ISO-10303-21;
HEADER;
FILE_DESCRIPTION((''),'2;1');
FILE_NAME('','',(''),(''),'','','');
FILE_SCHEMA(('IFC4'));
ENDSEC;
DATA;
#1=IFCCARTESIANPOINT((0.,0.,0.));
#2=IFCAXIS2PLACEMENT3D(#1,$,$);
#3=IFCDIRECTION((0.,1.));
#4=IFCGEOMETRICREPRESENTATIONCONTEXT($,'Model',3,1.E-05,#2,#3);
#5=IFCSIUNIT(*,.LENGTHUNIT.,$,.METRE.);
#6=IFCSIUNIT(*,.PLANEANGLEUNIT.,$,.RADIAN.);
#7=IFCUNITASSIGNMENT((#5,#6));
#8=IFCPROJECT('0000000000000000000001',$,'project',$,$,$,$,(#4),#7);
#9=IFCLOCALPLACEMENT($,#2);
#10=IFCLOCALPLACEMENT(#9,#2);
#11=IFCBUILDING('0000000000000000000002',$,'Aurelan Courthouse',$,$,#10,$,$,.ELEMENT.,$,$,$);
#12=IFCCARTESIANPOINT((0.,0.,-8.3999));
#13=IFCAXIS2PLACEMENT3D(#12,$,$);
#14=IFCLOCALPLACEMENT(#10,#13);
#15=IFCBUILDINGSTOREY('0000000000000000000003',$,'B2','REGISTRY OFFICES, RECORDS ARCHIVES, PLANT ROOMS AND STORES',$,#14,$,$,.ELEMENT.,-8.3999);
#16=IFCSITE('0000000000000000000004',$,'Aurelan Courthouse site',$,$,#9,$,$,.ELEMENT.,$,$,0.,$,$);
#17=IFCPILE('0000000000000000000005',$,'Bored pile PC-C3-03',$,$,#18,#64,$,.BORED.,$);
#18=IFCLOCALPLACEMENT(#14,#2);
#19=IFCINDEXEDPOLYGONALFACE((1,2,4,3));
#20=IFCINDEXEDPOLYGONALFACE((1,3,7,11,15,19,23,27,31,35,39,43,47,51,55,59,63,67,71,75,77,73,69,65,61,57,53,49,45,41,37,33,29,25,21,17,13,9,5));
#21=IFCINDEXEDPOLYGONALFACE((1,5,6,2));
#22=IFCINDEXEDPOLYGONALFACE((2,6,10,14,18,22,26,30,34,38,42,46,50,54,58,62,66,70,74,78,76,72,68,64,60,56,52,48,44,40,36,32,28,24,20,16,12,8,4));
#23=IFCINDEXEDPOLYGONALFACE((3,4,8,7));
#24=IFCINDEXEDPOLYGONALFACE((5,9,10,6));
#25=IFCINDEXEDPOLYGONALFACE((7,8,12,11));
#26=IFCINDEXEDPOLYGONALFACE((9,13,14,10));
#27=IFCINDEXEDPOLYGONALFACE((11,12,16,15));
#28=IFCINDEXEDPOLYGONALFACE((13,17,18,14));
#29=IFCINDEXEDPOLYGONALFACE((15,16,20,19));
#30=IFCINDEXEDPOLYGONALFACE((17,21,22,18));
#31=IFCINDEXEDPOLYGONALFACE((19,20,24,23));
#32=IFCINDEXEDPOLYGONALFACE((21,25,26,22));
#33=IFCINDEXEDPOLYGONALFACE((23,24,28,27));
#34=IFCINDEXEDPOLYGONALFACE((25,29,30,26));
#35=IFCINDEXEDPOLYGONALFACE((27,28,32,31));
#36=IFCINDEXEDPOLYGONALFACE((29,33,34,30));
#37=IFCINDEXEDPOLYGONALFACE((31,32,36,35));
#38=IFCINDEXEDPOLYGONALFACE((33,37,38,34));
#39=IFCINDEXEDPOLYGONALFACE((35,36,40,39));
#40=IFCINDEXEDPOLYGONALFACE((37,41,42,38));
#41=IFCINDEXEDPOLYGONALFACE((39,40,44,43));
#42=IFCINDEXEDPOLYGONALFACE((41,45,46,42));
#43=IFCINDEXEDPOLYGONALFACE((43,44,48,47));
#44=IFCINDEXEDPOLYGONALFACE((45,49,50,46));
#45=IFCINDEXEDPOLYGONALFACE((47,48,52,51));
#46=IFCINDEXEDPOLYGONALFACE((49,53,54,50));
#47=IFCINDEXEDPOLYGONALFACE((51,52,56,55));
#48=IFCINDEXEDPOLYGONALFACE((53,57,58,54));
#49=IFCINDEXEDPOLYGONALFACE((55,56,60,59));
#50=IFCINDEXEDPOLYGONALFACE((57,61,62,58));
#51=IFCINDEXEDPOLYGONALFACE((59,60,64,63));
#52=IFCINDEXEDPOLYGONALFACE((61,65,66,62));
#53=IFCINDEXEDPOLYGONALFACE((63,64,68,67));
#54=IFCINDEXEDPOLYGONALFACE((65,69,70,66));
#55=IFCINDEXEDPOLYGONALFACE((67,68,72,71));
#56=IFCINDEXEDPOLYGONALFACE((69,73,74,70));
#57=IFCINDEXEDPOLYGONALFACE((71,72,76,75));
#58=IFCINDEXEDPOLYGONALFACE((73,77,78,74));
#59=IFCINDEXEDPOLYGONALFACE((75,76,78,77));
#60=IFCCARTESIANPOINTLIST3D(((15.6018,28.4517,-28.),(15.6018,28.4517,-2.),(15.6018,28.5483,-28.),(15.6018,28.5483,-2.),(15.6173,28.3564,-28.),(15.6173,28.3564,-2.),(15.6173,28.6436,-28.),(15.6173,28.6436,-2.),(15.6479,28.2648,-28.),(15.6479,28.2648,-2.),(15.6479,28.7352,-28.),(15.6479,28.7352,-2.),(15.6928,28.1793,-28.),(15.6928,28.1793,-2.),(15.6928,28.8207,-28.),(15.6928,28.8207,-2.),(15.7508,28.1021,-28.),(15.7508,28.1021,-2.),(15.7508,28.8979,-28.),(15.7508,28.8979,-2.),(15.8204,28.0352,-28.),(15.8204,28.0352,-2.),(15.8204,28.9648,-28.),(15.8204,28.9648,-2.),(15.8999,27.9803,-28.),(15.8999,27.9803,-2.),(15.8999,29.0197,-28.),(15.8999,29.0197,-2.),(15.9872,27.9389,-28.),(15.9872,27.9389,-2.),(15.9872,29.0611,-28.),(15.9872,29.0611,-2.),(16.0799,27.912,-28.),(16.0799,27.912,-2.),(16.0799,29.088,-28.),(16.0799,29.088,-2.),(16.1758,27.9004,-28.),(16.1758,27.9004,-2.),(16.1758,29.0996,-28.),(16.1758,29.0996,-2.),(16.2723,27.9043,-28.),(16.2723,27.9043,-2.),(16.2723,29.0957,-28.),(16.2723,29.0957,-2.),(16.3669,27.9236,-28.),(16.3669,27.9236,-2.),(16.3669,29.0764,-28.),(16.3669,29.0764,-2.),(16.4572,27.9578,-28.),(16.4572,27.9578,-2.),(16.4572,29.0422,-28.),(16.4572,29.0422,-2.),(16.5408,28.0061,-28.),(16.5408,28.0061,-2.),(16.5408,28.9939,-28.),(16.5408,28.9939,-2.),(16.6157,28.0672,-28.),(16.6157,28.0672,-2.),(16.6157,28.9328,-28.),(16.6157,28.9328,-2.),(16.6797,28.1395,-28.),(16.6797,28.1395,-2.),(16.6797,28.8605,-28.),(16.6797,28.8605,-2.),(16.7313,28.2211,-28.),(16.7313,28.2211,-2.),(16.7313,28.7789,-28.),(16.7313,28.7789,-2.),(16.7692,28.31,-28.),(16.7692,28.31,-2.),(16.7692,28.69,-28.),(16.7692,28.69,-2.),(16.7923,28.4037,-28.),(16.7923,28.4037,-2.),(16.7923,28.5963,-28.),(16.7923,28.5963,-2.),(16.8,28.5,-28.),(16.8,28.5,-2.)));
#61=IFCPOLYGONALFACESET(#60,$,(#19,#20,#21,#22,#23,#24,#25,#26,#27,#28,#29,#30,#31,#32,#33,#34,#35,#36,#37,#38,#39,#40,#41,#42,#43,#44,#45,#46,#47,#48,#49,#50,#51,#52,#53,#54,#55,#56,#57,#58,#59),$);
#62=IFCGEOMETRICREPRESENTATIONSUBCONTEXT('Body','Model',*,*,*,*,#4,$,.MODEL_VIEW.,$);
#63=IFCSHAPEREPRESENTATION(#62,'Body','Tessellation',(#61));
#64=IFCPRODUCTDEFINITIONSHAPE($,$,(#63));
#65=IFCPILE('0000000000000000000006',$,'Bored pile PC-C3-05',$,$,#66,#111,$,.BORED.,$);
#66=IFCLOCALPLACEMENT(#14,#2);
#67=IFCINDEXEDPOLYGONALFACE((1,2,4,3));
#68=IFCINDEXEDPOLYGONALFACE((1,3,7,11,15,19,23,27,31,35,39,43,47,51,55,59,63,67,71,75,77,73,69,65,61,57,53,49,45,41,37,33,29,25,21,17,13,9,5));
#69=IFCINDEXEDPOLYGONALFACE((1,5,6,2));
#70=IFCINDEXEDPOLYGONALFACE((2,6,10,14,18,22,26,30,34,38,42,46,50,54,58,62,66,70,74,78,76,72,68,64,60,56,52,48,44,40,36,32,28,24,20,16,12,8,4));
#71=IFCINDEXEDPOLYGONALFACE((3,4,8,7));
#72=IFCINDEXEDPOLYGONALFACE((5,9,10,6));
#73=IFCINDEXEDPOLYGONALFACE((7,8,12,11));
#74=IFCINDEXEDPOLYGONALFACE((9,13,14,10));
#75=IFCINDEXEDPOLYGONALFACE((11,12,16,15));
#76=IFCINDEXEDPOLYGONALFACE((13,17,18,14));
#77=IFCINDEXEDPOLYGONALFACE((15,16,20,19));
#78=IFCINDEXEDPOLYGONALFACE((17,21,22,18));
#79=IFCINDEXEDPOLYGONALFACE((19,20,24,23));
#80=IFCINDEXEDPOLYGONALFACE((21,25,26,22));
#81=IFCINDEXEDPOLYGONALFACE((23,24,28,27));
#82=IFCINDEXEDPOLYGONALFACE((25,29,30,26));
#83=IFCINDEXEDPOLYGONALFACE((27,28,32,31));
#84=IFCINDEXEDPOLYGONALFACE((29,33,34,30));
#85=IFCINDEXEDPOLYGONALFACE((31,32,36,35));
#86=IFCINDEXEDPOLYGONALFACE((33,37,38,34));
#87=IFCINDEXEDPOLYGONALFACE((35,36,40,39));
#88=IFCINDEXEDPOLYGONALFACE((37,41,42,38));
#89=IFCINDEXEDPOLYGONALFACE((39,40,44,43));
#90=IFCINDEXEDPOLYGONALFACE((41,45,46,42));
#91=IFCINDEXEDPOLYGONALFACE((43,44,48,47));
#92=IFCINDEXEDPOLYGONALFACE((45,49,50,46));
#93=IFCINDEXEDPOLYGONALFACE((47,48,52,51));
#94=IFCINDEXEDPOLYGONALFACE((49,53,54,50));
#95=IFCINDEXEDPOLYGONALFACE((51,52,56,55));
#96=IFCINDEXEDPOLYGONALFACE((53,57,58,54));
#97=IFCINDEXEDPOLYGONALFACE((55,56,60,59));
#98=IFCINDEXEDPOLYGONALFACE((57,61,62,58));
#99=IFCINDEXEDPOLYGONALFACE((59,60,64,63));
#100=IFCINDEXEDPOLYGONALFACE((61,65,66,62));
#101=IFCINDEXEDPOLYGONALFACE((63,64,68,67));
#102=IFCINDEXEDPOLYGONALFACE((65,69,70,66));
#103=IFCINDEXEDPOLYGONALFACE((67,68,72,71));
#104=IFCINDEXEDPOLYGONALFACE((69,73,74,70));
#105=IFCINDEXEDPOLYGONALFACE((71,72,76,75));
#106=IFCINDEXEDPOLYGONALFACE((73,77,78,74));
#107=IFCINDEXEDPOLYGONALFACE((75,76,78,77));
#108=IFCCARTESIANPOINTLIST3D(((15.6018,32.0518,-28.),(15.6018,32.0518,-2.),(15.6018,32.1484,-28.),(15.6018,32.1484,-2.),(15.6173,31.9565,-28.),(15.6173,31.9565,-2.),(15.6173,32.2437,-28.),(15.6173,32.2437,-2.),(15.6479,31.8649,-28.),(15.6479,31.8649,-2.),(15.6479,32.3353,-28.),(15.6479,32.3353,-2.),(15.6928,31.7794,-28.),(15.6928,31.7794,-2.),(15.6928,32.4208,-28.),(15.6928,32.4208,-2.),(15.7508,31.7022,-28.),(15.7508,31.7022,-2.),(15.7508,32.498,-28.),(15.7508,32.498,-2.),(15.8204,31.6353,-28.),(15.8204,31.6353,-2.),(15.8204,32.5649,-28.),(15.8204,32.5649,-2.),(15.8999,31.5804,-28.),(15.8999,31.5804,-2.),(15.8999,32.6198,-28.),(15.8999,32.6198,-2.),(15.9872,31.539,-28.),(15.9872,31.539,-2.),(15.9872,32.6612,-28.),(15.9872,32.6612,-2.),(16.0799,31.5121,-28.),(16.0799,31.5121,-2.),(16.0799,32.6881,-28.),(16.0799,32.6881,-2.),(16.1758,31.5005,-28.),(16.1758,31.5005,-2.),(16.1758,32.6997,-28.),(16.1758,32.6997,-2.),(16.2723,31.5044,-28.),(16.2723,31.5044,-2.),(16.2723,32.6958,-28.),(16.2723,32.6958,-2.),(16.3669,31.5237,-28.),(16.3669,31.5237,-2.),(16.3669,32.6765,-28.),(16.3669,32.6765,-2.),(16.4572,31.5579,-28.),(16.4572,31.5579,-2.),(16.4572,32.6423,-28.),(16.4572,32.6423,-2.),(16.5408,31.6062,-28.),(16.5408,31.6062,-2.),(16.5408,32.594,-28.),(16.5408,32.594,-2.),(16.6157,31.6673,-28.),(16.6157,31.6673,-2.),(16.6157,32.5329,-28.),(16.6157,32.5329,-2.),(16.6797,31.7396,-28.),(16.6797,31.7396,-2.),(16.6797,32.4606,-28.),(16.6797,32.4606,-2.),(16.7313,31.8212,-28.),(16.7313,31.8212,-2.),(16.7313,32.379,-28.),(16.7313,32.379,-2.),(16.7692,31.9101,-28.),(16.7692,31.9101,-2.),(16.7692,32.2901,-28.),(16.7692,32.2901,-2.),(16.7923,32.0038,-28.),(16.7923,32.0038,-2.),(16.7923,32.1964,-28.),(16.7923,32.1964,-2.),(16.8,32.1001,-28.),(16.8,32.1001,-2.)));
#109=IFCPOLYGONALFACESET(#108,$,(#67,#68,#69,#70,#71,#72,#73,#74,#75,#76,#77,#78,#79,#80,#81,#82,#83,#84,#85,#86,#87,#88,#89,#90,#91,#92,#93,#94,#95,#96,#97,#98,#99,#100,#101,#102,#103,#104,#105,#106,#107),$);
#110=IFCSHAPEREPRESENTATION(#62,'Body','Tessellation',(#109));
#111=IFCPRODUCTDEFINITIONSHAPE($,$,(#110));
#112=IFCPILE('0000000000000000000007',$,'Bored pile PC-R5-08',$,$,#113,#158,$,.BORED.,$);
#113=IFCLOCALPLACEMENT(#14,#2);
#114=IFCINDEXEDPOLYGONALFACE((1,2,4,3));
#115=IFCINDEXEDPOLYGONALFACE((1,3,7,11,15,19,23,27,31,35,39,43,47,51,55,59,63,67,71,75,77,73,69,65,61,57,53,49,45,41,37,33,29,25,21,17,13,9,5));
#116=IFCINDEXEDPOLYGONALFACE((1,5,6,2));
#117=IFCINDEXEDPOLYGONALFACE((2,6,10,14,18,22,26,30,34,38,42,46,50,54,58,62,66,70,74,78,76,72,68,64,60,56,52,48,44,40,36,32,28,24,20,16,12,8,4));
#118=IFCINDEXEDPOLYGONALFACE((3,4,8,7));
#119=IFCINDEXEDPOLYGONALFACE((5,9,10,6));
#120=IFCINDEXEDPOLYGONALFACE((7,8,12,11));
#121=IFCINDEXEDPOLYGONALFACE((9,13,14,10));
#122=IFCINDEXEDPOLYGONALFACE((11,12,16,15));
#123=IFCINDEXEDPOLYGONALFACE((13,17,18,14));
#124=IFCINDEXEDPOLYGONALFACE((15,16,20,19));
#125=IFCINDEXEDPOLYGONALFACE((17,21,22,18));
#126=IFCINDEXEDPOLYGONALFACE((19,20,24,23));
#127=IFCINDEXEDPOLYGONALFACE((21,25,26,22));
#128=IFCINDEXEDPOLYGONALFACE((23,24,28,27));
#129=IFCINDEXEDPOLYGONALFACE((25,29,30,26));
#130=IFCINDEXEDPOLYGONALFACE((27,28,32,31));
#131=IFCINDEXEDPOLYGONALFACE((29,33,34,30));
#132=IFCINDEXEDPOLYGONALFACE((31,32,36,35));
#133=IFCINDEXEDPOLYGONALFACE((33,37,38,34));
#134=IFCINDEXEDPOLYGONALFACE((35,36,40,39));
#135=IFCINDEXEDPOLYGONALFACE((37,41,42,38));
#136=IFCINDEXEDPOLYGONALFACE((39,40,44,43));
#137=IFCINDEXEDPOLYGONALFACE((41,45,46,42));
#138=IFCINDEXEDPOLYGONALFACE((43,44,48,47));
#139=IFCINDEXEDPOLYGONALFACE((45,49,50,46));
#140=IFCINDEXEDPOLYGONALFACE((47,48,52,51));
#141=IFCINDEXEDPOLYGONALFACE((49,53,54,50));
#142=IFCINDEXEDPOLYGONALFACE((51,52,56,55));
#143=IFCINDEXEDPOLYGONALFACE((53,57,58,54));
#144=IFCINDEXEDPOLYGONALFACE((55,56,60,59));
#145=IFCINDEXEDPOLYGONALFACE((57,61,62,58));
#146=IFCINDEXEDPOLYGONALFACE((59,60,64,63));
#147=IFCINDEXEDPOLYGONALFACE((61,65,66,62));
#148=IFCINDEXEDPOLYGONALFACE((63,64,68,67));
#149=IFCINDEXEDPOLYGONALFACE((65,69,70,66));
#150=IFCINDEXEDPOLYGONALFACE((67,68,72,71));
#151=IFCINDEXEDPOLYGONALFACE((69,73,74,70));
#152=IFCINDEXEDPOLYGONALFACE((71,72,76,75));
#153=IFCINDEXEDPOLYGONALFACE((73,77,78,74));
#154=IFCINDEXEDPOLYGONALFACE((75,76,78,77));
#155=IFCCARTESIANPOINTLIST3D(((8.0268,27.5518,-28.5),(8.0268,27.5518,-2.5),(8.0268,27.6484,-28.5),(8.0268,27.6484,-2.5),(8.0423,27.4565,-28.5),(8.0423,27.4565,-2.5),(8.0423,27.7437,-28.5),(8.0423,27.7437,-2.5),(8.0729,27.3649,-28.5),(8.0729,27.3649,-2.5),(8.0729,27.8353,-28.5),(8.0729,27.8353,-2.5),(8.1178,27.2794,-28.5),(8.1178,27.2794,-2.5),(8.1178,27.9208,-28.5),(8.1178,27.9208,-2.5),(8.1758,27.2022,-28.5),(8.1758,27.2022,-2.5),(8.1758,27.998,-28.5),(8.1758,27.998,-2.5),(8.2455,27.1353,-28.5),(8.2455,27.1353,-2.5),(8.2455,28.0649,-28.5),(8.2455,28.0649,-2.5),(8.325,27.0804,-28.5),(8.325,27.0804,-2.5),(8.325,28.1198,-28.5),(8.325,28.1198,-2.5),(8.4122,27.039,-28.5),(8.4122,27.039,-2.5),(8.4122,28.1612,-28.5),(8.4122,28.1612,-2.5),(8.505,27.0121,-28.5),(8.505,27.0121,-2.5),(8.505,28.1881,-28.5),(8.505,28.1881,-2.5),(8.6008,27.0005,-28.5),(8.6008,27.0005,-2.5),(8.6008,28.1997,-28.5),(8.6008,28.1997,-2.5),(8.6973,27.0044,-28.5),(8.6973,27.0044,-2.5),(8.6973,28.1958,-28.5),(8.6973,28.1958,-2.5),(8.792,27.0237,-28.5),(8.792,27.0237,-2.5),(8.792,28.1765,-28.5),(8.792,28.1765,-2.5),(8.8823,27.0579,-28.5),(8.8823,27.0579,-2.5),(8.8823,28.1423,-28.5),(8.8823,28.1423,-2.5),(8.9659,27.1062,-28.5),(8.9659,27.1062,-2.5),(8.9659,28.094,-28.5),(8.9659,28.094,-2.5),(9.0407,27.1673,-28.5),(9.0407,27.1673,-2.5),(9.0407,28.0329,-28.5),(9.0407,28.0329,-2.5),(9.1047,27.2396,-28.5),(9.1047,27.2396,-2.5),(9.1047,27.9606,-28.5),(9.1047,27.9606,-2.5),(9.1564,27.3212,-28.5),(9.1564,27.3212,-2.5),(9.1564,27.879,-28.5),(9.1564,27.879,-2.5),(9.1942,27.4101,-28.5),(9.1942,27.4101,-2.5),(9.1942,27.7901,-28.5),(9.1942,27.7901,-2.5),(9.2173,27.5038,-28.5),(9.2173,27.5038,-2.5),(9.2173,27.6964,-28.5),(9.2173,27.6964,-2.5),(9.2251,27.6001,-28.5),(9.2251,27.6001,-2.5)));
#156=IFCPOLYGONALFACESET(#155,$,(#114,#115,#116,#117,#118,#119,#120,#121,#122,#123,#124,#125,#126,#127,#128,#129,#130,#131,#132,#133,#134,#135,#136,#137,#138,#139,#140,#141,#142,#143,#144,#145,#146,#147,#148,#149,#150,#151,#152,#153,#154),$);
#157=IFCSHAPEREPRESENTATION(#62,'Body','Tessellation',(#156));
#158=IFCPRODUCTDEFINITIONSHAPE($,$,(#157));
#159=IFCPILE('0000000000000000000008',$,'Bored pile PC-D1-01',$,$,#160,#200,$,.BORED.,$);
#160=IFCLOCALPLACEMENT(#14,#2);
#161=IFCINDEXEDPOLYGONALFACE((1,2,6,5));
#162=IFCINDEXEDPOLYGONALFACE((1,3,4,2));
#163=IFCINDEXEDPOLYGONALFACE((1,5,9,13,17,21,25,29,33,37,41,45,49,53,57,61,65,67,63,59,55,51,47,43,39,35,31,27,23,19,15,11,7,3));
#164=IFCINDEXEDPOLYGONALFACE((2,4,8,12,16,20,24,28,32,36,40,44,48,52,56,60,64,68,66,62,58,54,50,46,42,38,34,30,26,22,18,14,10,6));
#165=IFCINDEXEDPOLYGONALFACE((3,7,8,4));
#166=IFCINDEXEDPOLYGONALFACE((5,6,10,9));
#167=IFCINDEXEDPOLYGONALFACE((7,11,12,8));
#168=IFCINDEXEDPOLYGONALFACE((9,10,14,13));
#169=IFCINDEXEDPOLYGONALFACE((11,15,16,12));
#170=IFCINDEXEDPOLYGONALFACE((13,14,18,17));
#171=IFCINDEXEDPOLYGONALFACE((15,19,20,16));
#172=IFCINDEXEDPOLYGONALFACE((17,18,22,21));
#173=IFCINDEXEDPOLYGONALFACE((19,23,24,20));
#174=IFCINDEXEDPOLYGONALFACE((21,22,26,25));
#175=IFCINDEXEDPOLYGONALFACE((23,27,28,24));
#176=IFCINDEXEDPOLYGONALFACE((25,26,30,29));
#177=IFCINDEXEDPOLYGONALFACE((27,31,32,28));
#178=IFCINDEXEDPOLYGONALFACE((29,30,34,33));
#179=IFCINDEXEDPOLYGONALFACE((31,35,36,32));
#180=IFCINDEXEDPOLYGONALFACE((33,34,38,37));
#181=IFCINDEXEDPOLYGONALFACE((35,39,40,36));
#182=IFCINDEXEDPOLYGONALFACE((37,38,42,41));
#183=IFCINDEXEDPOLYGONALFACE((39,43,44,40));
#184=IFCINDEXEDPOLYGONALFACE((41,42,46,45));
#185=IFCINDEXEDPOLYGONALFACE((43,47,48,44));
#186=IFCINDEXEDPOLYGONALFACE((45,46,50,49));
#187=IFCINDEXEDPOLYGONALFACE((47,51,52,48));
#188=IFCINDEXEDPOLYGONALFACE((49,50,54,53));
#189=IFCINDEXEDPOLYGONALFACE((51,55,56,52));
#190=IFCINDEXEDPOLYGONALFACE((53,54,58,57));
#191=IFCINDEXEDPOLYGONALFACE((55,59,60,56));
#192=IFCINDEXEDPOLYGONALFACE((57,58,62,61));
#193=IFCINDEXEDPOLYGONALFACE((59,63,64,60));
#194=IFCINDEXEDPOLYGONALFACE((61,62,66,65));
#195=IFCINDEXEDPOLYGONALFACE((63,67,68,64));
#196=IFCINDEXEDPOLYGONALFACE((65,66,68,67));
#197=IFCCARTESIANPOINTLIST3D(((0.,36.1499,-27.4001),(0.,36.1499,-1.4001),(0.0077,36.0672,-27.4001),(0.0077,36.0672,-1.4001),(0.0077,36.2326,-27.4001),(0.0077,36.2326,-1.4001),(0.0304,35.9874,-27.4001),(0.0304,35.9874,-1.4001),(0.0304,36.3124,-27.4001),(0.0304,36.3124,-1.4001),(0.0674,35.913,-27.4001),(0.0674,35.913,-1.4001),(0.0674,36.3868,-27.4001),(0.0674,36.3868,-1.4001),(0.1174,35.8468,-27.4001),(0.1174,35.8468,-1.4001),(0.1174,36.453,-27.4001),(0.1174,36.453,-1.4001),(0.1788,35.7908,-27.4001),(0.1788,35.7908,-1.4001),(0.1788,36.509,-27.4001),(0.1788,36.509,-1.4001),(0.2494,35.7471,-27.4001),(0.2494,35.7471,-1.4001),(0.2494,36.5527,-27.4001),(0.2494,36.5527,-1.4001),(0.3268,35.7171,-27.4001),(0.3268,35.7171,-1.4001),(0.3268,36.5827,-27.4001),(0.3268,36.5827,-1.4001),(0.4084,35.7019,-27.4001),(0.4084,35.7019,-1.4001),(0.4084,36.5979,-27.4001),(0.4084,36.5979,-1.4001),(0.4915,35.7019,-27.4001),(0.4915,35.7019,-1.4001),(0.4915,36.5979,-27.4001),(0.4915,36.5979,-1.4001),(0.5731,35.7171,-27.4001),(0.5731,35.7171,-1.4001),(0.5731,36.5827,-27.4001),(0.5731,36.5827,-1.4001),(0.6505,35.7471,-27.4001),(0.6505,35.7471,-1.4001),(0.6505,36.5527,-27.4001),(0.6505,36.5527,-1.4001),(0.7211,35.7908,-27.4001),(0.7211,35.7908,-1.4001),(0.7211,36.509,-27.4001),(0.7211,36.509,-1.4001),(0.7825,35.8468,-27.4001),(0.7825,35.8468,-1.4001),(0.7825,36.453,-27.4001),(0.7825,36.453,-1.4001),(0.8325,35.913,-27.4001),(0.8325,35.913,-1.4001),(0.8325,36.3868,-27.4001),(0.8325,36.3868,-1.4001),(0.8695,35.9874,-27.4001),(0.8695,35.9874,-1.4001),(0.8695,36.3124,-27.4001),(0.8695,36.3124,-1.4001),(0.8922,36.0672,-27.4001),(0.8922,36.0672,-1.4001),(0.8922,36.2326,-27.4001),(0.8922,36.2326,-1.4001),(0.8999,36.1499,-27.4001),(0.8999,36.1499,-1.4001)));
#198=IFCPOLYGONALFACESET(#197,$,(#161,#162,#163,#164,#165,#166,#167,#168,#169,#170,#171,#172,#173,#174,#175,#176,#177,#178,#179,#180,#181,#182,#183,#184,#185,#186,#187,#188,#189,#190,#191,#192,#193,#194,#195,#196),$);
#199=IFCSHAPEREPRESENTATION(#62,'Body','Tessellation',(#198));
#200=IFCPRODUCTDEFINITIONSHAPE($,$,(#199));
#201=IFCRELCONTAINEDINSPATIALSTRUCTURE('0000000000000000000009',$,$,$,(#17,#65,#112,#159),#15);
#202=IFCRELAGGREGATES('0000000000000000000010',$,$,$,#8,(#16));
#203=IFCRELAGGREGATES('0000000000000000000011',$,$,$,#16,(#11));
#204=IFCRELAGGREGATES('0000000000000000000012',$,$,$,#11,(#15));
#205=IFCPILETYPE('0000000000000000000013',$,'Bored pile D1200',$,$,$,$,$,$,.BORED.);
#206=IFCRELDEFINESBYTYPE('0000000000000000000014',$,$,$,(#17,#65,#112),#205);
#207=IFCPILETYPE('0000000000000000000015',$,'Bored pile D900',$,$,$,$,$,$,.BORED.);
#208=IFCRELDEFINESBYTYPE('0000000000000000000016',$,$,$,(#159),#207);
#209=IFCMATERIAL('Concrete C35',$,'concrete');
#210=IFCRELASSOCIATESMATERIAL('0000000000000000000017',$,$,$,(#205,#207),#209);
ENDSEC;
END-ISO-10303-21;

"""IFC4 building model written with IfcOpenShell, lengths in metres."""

from ifc_helpers import new_model, si_unit, direction, frame, origin, origin_2d, place, context, subcontext, project, spatial, circle, extrude, material, material_profile, profile_set, type_object, element, save


model = new_model("IFC4")

# Units and contexts
model_context = context("Model", 3, precision=1e-05, world=origin(), true_north=direction((0.0, 1.0)))
body_context = subcontext(model_context, "Body", "Model", "MODEL_VIEW")
ifc_project = project(units=[si_unit("LENGTHUNIT", "METRE"), si_unit("PLANEANGLEUNIT", "RADIAN")], contexts=[model_context])

# Site, building, storey
site_placement = place(None, origin())
site = spatial("IfcSite", under=ifc_project, at=site_placement, Name="Aurelan Courthouse site", CompositionType="ELEMENT", RefElevation=0.0)
building_placement = place(site_placement, origin())
building = spatial("IfcBuilding", under=site, at=building_placement, Name="Aurelan Courthouse", CompositionType="ELEMENT")
storey_placement = place(building_placement, frame((0.0, 0.0, -8.3999)))
storey = spatial("IfcBuildingStorey", under=building, at=storey_placement, Name="B2", Description="REGISTRY OFFICES, RECORDS ARCHIVES, PLANT ROOMS AND STORES", CompositionType="ELEMENT", Elevation=-8.3999)

# Piles
ifc_material_1 = material(Name="Concrete C35", Category="concrete")
ifc_material_profile_1 = material_profile(ifc_material_1, circle(Radius=0.6001, at=origin_2d()), Name="D1200")
ifc_profile_set_1 = profile_set([ifc_material_profile_1], Name="Concrete C35")
pile_type_1 = type_object("IfcPileType", Name="Bored pile D1200", PredefinedType="BORED", material=ifc_profile_set_1)
for number, where, z_axis, x_axis, name in (
    (1, (16.2, 28.5, -2.0), (0.0, 0.0, -1.0), (1.0, 0.0, 0.0), "Bored pile PC-C3-03"),
    (2, (16.2, 32.1001, -2.0), (0.0, 0.0, -1.0), (1.0, 0.0, 0.0), "Bored pile PC-C3-05"),
    (3, (8.625, 27.6001, -2.5), (0.0, 0.0, -1.0), (1.0, 0.0, 0.0), "Bored pile PC-R5-08"),
):
    element("IfcPile", number, at=place(storey_placement, frame(where, z_axis=z_axis, x_axis=x_axis)), inside=storey, type_object=pile_type_1, Name=name, PredefinedType="BORED", context=body_context, shape_type="SweptSolid", body=[
        extrude(circle(Radius=0.6001, at=origin_2d()), origin(), (0.0, 0.0, 1.0), 26.0),
    ])
ifc_material_profile_2 = material_profile(ifc_material_1, circle(Radius=0.45, at=origin_2d()), Name="D900")
ifc_profile_set_2 = profile_set([ifc_material_profile_2], Name="Concrete C35")
pile_type_2 = type_object("IfcPileType", Name="Bored pile D900", PredefinedType="BORED", material=ifc_profile_set_2)
for number, where, z_axis, x_axis, name in (
    (4, (0.45, 36.1499, -1.4001), (0.0, 0.0, -1.0), (1.0, 0.0, 0.0), "Bored pile PC-D1-01"),
):
    element("IfcPile", number, at=place(storey_placement, frame(where, z_axis=z_axis, x_axis=x_axis)), inside=storey, type_object=pile_type_2, Name=name, PredefinedType="BORED", context=body_context, shape_type="SweptSolid", body=[
        extrude(circle(Radius=0.45, at=origin_2d()), origin(), (0.0, 0.0, 1.0), 26.0),
    ])

save(model, "model.ifc")
